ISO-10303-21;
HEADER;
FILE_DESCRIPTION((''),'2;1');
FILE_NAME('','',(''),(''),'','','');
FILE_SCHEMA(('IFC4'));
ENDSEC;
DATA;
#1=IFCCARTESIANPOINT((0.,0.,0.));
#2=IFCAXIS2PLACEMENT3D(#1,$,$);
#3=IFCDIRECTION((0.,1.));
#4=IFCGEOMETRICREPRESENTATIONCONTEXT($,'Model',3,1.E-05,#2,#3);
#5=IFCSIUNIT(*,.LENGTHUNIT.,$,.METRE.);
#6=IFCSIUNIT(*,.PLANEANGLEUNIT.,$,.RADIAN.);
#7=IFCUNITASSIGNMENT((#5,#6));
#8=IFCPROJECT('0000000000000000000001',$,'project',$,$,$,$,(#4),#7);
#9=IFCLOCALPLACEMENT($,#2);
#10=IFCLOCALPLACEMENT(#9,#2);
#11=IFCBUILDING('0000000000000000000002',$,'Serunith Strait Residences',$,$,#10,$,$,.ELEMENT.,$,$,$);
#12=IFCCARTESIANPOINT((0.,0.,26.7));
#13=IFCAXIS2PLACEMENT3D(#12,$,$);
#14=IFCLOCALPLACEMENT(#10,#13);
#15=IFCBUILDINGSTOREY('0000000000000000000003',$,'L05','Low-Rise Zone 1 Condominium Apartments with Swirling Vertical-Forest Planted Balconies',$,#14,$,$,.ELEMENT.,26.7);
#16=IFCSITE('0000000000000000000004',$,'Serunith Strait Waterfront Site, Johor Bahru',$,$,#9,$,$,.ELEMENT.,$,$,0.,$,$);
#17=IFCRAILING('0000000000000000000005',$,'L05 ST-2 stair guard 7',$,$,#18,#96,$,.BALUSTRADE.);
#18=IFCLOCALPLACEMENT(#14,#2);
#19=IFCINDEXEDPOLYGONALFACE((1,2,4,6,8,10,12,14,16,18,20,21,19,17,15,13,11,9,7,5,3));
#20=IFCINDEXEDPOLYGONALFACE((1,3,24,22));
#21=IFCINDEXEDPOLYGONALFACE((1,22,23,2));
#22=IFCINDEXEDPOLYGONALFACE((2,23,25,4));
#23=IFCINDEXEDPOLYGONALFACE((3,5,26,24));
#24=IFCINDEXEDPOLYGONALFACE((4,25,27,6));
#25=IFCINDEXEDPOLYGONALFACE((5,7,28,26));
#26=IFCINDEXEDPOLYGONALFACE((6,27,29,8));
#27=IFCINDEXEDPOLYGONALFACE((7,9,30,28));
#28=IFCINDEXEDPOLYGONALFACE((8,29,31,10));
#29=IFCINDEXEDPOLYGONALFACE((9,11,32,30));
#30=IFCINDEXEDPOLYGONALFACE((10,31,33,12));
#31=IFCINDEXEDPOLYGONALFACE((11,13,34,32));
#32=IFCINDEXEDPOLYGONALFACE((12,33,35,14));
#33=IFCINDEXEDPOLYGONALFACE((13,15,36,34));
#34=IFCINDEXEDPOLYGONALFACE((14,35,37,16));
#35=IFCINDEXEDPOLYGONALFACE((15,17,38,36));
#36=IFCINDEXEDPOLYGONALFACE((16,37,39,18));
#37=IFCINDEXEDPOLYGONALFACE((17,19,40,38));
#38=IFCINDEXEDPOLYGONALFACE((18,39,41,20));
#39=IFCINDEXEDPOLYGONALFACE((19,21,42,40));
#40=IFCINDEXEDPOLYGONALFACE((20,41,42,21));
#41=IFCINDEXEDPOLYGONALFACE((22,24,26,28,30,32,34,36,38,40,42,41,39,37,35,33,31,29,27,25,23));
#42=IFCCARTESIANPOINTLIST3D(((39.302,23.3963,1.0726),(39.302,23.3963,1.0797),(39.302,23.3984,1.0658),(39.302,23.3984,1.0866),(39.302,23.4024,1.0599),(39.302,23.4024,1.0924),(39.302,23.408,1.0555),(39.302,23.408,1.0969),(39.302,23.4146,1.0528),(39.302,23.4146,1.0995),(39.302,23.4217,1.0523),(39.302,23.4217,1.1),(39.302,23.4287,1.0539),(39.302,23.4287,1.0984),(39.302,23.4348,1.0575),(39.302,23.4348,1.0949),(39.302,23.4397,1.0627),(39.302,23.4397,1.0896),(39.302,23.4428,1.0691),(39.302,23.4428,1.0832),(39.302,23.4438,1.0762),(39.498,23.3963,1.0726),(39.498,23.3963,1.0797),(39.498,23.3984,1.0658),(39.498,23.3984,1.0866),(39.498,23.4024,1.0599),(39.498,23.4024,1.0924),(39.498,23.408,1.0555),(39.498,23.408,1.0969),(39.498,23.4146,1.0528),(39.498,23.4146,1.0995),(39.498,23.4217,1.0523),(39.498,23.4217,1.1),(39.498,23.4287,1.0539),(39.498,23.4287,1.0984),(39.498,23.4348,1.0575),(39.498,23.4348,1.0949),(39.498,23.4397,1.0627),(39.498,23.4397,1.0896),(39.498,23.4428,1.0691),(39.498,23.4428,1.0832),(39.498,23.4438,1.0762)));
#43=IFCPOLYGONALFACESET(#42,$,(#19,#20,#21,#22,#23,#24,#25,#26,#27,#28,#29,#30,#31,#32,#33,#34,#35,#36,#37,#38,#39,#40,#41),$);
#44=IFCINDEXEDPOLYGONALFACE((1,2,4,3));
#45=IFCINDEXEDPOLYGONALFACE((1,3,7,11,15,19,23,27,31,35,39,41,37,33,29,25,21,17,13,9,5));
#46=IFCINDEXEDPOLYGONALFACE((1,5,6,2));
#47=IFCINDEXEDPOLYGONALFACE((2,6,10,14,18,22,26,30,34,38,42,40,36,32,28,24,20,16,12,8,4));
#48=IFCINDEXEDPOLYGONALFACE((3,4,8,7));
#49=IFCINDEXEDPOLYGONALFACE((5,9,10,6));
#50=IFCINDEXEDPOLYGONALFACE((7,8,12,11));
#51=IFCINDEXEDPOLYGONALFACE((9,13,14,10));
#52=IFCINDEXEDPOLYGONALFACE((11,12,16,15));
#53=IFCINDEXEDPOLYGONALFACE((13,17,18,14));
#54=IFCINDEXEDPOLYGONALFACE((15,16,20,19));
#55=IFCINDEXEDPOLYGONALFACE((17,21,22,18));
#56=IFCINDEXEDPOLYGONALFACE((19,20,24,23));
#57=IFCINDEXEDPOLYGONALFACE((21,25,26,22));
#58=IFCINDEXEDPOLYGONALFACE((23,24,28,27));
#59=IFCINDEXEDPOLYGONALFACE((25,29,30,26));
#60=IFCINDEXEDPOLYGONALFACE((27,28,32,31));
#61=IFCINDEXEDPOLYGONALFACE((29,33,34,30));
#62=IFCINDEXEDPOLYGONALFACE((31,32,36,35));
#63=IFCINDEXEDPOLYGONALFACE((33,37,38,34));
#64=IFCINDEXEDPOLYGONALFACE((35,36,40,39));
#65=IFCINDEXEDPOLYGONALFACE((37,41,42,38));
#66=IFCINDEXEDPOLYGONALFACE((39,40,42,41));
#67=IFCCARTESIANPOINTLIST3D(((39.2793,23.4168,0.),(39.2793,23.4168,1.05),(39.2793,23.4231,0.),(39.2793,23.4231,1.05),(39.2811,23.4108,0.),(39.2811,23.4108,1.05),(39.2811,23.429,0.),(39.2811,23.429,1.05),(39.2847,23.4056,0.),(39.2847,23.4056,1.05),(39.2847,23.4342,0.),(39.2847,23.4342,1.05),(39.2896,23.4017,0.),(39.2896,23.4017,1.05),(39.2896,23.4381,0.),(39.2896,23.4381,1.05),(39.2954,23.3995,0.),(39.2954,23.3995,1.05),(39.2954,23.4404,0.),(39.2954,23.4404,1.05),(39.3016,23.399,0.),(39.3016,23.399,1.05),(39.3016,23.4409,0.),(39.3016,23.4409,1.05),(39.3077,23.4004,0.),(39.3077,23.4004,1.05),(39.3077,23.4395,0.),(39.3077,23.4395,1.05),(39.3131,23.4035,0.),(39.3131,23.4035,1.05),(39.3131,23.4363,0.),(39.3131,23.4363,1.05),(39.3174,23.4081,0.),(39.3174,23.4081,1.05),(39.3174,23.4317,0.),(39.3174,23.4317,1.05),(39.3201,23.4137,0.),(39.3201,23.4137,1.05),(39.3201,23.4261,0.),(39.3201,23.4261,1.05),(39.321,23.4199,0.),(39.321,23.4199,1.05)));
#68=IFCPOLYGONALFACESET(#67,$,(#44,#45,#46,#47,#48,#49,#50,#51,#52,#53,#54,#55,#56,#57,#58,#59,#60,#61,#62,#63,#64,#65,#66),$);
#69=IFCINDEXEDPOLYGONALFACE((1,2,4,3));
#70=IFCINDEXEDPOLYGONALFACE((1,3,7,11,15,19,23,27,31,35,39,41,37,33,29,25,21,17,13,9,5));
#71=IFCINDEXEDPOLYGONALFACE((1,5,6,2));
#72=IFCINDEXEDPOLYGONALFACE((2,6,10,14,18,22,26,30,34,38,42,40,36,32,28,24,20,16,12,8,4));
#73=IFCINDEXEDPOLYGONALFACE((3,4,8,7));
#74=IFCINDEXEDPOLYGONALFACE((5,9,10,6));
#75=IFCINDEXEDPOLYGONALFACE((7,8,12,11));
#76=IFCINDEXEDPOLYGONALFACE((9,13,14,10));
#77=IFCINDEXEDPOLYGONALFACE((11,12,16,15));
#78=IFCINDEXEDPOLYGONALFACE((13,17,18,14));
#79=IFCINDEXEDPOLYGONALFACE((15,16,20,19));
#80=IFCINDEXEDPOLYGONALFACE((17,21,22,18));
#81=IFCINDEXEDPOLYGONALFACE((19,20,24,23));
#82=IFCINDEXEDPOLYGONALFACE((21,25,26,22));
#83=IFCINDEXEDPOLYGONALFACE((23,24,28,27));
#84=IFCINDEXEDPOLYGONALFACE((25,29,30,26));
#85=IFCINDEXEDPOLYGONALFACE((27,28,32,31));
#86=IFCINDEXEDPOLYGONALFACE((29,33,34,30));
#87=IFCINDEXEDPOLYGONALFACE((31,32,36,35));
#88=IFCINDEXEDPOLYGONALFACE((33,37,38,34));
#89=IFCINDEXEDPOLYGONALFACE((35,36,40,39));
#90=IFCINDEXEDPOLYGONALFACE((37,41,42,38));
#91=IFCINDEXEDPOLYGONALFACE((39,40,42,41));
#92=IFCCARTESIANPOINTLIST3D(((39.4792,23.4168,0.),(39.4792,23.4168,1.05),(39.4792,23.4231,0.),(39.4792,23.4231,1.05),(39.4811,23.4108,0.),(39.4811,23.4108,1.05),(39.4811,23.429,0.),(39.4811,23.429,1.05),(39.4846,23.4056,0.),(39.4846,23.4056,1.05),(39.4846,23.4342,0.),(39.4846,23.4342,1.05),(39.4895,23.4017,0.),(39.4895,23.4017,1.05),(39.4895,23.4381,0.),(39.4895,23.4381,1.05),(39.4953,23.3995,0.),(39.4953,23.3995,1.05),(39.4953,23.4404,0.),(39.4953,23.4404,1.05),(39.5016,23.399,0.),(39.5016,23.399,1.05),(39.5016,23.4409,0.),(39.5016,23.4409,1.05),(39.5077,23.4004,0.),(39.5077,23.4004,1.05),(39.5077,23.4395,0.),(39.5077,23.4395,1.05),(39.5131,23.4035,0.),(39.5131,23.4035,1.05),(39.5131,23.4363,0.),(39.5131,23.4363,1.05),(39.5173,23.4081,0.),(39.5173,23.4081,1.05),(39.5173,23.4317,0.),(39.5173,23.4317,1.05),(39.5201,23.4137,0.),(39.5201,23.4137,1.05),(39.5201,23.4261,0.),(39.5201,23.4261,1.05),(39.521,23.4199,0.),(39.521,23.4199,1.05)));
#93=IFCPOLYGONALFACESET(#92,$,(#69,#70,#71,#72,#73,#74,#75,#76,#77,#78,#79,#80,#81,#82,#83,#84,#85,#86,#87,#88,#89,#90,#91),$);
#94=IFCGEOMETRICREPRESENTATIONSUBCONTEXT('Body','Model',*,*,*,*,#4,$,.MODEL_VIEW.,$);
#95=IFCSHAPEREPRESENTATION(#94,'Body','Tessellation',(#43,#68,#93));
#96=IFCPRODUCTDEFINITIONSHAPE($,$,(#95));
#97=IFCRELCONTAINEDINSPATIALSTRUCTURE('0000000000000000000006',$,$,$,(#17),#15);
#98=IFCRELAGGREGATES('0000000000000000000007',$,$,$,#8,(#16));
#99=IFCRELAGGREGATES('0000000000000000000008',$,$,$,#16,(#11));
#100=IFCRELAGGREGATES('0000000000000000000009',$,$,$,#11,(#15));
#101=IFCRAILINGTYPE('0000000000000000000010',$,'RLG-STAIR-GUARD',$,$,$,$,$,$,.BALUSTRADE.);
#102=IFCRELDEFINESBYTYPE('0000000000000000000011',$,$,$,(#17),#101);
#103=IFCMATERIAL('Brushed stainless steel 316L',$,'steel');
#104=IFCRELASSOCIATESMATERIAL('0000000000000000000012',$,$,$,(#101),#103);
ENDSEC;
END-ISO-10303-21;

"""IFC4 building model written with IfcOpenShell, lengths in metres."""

from ifc_helpers import new_model, si_unit, direction, frame, origin, origin_2d, place, context, subcontext, project, spatial, circle, extrude, material, type_object, element, save


model = new_model("IFC4")

# Units and contexts
model_context = context("Model", 3, precision=1e-05, world=origin(), true_north=direction((0.0, 1.0)))
body_context = subcontext(model_context, "Body", "Model", "MODEL_VIEW")
ifc_project = project(units=[si_unit("LENGTHUNIT", "METRE"), si_unit("PLANEANGLEUNIT", "RADIAN")], contexts=[model_context])

# Site, building, storey
site_placement = place(None, origin())
site = spatial("IfcSite", under=ifc_project, at=site_placement, Name="Serunith Strait Waterfront Site, Johor Bahru", CompositionType="ELEMENT", RefElevation=0.0)
building_placement = place(site_placement, origin())
building = spatial("IfcBuilding", under=site, at=building_placement, Name="Serunith Strait Residences", CompositionType="ELEMENT")
storey_placement = place(building_placement, frame((0.0, 0.0, 26.7)))
storey = spatial("IfcBuildingStorey", under=building, at=storey_placement, Name="L05", Description="Low-Rise Zone 1 Condominium Apartments with Swirling Vertical-Forest Planted Balconies", CompositionType="ELEMENT", Elevation=26.7)

# Railing
ifc_material_1 = material(Name="Brushed stainless steel 316L", Category="steel")
railing_type_1 = type_object("IfcRailingType", Name="RLG-STAIR-GUARD", PredefinedType="BALUSTRADE", material=ifc_material_1)
railing_1_placement = place(storey_placement, frame((39.3, 23.4199, 0.0)))
element("IfcRailing", 1, at=railing_1_placement, inside=storey, type_object=railing_type_1, Name="L05 ST-2 stair guard 7", PredefinedType="BALUSTRADE", context=body_context, shape_type="SweptSolid", body=[
    extrude(circle(Radius=0.0239, at=origin_2d()), frame((0.002, 0.0, 1.0762), z_axis=(1.0, 0.0, 0.0), x_axis=(0.0, 1.0, 0.0)), (0.0, 0.0, 1.0), 0.196),
    extrude(circle(Radius=0.021, at=origin_2d()), origin(), (0.0, 0.0, 1.0), 1.05),
    extrude(circle(Radius=0.021, at=origin_2d()), frame((0.2, 0.0, 0.0)), (0.0, 0.0, 1.0), 1.05),
])

save(model, "model.ifc")
